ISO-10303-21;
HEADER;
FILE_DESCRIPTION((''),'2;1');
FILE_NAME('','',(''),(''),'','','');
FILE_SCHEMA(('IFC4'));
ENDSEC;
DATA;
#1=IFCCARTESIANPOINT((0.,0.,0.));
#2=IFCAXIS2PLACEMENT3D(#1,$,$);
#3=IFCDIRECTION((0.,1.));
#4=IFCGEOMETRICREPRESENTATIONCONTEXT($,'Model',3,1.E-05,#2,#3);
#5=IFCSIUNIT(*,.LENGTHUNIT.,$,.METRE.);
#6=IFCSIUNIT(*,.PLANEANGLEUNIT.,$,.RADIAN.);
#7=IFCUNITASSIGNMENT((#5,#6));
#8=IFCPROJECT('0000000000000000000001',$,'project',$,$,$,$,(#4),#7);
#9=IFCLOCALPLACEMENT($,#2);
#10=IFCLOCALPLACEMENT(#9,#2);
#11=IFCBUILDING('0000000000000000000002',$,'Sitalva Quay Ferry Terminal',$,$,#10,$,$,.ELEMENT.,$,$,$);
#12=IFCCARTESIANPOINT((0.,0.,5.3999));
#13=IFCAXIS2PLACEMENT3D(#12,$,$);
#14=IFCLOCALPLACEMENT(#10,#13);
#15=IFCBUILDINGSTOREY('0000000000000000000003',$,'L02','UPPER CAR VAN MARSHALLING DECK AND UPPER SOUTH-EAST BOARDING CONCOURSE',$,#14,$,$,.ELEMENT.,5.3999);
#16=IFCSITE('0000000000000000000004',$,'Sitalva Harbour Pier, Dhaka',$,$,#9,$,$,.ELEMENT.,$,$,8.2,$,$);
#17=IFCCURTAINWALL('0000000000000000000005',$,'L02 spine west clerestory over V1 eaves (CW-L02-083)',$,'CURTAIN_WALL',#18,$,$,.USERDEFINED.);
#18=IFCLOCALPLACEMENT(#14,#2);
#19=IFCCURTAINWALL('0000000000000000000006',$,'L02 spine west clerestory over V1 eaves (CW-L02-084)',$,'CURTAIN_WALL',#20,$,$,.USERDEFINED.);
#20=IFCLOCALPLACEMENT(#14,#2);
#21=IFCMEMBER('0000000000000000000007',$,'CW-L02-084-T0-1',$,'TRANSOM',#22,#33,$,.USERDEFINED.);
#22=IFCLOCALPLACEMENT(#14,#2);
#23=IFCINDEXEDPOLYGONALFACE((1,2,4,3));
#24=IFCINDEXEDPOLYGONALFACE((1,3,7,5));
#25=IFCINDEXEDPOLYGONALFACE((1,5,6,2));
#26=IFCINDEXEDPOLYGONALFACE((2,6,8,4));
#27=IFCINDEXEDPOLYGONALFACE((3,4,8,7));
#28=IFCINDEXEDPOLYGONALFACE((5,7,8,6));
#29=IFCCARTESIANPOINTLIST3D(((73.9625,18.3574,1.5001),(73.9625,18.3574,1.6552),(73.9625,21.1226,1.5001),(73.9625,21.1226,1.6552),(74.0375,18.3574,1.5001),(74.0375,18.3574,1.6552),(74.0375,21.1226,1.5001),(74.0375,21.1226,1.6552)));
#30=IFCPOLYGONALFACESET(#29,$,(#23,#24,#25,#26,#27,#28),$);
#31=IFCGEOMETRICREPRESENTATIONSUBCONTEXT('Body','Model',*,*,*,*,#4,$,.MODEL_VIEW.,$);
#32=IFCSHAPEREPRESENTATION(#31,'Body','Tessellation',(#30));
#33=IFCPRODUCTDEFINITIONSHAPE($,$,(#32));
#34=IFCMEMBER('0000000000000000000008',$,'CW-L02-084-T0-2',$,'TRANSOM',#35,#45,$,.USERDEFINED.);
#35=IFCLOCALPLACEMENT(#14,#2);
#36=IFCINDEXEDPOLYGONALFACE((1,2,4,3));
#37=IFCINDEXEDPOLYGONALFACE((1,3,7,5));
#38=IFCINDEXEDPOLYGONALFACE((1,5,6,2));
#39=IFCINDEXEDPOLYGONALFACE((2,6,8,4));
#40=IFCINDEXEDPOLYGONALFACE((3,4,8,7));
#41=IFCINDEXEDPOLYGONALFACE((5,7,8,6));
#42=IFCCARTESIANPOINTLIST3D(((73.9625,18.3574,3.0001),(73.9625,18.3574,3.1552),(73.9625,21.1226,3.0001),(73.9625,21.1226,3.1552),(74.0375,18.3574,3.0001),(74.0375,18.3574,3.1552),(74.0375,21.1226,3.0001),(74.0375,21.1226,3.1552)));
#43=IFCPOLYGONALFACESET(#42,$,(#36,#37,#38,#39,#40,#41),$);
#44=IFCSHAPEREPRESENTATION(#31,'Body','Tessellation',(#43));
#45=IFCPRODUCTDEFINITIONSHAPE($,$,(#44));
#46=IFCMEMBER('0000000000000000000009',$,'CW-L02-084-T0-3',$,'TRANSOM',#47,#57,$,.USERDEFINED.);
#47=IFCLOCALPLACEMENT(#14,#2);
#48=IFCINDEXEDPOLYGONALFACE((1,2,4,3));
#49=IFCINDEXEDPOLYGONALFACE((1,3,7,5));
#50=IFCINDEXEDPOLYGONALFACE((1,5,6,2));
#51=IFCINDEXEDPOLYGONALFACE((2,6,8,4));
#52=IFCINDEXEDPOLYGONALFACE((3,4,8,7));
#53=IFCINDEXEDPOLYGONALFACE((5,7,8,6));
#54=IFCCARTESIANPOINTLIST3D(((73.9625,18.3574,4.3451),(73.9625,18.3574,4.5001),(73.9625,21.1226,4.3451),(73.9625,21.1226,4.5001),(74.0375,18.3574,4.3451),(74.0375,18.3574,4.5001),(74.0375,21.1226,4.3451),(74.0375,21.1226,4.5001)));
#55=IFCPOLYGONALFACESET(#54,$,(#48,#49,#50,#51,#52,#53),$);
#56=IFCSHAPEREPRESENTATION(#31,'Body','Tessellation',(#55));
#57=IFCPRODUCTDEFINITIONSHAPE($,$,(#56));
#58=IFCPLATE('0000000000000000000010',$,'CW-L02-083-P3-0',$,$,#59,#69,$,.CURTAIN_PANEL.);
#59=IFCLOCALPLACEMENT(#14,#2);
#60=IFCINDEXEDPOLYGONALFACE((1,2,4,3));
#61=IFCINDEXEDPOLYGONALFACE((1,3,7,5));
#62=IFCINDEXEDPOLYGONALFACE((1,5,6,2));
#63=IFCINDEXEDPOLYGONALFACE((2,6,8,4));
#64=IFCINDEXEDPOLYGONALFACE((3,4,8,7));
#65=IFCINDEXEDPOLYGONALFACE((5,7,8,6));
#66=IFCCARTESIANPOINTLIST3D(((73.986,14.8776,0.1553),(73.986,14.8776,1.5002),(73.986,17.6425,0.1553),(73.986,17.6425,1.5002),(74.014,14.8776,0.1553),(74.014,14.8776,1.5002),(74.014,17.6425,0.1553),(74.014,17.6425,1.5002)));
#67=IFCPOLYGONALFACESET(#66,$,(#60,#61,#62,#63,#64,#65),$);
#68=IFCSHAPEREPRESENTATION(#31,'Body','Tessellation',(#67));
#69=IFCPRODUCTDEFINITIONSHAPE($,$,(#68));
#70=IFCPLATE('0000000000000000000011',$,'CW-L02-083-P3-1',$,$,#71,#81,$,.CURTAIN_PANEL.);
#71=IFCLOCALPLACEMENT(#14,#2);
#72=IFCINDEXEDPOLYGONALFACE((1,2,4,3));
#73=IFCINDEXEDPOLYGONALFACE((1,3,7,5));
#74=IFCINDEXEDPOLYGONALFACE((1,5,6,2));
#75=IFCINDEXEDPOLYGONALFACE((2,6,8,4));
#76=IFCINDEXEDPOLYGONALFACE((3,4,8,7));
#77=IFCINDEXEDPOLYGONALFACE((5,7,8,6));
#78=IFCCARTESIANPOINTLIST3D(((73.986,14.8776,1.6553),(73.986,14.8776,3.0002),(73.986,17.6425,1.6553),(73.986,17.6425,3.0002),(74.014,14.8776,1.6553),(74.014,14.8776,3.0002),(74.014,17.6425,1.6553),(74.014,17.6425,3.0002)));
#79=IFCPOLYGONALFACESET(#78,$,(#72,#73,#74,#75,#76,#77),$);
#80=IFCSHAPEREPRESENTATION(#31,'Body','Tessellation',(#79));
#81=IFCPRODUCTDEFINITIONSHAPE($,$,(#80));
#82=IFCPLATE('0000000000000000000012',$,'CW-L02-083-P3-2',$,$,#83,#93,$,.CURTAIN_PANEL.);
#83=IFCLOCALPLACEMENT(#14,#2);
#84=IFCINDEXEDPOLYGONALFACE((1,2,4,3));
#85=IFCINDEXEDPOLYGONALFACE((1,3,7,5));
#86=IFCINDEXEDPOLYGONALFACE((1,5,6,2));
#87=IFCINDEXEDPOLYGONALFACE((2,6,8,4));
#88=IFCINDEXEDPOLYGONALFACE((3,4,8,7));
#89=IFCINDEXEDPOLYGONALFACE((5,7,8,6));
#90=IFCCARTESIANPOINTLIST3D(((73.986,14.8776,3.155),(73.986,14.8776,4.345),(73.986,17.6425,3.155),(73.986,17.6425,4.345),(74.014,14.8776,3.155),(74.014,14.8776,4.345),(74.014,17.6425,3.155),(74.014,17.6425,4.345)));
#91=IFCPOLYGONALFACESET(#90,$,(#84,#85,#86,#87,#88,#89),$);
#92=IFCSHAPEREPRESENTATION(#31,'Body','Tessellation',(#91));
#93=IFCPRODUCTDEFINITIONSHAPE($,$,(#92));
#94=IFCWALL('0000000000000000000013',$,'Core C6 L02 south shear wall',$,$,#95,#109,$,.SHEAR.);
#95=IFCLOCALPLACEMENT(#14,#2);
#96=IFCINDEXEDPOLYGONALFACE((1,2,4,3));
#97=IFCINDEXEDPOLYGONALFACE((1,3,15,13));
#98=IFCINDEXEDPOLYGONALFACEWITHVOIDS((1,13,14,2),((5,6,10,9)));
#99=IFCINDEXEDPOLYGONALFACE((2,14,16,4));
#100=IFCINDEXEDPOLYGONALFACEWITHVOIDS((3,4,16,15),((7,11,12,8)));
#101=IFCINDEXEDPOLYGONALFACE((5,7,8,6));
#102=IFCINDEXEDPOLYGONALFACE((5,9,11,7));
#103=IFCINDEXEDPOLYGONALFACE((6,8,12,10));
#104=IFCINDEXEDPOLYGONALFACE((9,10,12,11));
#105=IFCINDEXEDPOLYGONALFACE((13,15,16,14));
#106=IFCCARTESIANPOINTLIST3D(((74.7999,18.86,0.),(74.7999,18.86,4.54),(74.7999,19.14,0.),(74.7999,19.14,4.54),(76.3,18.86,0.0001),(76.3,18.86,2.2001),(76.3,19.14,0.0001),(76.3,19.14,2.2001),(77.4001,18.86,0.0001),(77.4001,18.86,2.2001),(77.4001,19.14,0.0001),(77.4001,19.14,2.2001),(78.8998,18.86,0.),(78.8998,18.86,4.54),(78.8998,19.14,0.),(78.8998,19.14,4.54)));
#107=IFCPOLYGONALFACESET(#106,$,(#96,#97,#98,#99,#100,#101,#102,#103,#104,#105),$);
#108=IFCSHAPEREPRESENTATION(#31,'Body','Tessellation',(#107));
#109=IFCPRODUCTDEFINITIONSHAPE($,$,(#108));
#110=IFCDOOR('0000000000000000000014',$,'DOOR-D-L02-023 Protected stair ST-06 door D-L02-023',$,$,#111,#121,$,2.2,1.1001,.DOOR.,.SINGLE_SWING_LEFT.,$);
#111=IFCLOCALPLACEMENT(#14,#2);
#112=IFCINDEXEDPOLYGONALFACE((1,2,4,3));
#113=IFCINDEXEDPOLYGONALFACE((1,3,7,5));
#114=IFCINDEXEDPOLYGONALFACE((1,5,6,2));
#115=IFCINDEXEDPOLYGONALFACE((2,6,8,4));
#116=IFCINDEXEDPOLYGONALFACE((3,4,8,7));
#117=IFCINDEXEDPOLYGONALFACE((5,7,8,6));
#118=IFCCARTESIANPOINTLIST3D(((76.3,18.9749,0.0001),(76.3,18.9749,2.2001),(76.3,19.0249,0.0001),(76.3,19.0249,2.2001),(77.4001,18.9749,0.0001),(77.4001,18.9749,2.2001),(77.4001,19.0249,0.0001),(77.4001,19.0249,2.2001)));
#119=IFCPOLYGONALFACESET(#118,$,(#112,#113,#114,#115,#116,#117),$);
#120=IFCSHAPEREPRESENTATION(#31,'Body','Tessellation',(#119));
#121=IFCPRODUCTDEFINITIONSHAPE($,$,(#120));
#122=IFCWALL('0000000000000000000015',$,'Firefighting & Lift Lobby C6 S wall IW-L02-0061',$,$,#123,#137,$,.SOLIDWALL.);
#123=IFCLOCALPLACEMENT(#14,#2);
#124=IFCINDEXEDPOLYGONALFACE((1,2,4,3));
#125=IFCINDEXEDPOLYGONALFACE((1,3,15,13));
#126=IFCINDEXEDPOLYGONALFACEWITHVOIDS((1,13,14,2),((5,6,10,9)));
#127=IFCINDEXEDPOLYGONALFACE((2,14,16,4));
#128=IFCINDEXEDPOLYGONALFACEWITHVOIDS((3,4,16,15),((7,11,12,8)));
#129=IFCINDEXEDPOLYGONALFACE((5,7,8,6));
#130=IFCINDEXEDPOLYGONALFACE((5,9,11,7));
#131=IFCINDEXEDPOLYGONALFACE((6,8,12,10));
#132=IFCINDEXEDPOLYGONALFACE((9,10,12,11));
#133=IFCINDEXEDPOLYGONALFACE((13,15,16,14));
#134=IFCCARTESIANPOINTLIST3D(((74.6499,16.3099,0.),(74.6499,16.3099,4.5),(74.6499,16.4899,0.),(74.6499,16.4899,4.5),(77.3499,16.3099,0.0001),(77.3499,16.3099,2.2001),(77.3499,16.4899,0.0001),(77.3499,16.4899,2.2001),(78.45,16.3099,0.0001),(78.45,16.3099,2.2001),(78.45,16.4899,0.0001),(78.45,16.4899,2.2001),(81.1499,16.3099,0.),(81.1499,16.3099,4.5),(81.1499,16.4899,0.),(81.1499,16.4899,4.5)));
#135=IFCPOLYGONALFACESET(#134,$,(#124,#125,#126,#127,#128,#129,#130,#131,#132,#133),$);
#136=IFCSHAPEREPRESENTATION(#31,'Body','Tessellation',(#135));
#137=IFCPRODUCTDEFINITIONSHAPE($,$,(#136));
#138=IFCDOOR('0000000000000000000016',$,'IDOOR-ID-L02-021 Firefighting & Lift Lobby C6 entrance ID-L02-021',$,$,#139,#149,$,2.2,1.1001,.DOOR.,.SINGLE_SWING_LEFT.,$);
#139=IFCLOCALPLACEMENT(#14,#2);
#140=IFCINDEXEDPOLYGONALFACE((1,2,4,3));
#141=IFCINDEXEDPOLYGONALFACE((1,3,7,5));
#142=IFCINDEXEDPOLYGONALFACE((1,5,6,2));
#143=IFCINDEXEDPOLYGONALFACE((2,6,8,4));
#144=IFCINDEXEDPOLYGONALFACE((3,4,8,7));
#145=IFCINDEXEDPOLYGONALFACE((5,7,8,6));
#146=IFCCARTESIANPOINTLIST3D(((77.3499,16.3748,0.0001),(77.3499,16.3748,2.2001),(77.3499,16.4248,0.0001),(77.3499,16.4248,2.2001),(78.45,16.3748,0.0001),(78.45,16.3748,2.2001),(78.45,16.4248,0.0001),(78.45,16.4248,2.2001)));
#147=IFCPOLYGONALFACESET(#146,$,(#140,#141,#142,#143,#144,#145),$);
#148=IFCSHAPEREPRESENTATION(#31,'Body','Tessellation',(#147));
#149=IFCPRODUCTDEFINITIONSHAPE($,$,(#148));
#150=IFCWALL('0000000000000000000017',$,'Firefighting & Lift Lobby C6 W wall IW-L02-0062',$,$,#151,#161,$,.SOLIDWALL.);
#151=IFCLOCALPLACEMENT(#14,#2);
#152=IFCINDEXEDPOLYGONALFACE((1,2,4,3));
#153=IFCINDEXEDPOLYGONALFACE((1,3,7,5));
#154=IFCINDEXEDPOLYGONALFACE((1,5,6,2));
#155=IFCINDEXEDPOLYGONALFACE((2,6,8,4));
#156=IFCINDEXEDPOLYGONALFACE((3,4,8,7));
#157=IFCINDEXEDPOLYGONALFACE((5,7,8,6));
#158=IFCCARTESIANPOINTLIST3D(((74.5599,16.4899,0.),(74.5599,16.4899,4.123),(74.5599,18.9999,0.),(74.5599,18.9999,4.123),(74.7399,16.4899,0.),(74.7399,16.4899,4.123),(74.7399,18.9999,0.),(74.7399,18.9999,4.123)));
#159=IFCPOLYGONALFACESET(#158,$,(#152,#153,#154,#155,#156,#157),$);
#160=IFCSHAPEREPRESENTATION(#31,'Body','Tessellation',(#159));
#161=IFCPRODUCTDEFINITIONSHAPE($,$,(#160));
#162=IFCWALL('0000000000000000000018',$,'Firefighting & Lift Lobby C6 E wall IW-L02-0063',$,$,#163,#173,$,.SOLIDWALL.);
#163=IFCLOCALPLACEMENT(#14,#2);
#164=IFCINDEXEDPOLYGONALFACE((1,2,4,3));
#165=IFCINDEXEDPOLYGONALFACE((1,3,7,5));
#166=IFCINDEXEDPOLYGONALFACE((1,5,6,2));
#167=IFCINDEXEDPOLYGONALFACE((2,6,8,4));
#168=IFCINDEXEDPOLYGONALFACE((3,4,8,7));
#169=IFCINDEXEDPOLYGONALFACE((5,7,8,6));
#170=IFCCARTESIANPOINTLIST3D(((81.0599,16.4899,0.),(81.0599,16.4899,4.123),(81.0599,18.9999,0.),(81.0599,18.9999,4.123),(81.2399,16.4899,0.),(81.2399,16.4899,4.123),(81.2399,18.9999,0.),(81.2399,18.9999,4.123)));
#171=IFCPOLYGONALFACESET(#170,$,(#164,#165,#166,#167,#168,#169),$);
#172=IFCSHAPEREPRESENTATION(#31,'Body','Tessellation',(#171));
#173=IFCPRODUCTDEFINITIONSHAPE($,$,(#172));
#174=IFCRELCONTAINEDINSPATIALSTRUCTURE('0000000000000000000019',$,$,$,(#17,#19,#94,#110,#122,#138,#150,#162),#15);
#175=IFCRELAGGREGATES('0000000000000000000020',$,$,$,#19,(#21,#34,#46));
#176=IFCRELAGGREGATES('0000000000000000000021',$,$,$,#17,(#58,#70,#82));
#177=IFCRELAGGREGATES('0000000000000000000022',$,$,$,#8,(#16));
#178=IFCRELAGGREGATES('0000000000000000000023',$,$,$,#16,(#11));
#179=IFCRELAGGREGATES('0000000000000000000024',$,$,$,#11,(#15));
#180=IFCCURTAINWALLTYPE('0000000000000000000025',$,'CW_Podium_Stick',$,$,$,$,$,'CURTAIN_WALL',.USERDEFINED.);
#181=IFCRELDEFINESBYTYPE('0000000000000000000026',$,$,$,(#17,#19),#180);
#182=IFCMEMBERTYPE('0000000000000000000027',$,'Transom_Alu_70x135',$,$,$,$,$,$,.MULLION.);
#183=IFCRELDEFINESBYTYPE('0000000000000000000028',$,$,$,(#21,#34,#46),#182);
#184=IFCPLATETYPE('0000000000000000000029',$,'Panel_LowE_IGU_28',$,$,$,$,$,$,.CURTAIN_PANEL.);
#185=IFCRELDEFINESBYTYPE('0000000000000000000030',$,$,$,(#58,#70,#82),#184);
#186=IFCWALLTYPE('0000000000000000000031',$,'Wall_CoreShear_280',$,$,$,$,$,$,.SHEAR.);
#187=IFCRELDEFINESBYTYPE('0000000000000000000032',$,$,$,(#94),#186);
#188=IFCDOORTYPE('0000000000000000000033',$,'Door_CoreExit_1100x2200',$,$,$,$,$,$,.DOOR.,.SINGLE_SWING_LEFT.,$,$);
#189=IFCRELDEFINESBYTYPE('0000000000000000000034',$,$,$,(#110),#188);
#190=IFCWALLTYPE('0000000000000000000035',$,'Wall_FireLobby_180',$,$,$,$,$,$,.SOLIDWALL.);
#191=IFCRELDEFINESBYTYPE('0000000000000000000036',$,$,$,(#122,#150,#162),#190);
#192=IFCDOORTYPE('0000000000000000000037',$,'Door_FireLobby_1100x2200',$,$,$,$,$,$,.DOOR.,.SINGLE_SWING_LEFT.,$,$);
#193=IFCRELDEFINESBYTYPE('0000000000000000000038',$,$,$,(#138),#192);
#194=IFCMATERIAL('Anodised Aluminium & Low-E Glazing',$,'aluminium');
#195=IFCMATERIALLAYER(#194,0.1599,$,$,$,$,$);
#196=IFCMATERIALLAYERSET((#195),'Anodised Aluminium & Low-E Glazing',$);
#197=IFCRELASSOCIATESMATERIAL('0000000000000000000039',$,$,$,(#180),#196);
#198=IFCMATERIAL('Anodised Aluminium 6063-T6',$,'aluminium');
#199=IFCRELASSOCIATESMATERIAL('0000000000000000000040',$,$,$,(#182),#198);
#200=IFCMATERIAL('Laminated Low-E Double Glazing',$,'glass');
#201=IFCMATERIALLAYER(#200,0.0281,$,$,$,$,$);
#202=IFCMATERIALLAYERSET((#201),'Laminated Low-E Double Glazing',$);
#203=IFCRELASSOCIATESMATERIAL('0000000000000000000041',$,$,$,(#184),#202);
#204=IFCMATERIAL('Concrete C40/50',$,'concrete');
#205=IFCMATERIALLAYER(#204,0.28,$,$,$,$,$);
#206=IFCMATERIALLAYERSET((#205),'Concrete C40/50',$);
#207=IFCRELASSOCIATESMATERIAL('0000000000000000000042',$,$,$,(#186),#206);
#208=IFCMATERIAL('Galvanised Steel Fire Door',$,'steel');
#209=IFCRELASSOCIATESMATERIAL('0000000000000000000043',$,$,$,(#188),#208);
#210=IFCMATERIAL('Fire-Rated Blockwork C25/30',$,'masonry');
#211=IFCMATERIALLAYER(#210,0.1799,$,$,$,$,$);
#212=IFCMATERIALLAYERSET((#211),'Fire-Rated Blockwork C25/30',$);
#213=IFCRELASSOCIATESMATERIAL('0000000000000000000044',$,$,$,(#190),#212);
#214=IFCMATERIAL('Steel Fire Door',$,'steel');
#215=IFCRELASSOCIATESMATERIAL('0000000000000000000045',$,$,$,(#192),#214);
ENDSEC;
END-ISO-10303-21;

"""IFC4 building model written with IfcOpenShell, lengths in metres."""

from ifc_helpers import new_model, si_unit, direction, frame, frame_2d, origin, origin_2d, place, context, subcontext, project, spatial, rectangle, extrude, material, layer, layer_set, material_profile, profile_set, type_object, element, fill, aggregate, save


model = new_model("IFC4")

# Units and contexts
model_context = context("Model", 3, precision=1e-05, world=origin(), true_north=direction((0.0, 1.0)))
body_context = subcontext(model_context, "Body", "Model", "MODEL_VIEW")
ifc_project = project(units=[si_unit("LENGTHUNIT", "METRE"), si_unit("PLANEANGLEUNIT", "RADIAN")], contexts=[model_context])

# Site, building, storey
site_placement = place(None, origin())
site = spatial("IfcSite", under=ifc_project, at=site_placement, Name="Sitalva Harbour Pier, Dhaka", CompositionType="ELEMENT", RefElevation=8.2)
building_placement = place(site_placement, origin())
building = spatial("IfcBuilding", under=site, at=building_placement, Name="Sitalva Quay Ferry Terminal", CompositionType="ELEMENT")
storey_placement = place(building_placement, frame((0.0, 0.0, 5.3999)))
storey = spatial("IfcBuildingStorey", under=building, at=storey_placement, Name="L02", Description="UPPER CAR VAN MARSHALLING DECK AND UPPER SOUTH-EAST BOARDING CONCOURSE", CompositionType="ELEMENT", Elevation=5.3999)

# Curtain walls
ifc_material_1 = material(Name="Anodised Aluminium & Low-E Glazing", Category="aluminium")
ifc_layer_1 = layer(ifc_material_1, 0.1599)
ifc_layer_set_1 = layer_set([ifc_layer_1], Name="Anodised Aluminium & Low-E Glazing")
curtain_wall_type = type_object("IfcCurtainWallType", Name="CW_Podium_Stick", ElementType="CURTAIN_WALL", PredefinedType="USERDEFINED", material=ifc_layer_set_1)
curtain_wall_1_placement = place(storey_placement, origin())
curtain_wall_1 = element("IfcCurtainWall", 1, at=curtain_wall_1_placement, inside=storey, type_object=curtain_wall_type, Name="L02 spine west clerestory over V1 eaves (CW-L02-083)", ObjectType="CURTAIN_WALL", PredefinedType="USERDEFINED")
curtain_wall_2_placement = place(storey_placement, origin())
curtain_wall_2 = element("IfcCurtainWall", 2, at=curtain_wall_2_placement, inside=storey, type_object=curtain_wall_type, Name="L02 spine west clerestory over V1 eaves (CW-L02-084)", ObjectType="CURTAIN_WALL", PredefinedType="USERDEFINED")

# Members
ifc_material_2 = material(Name="Anodised Aluminium 6063-T6", Category="aluminium")
ifc_material_profile_1 = material_profile(ifc_material_2, rectangle(XDim=0.075, YDim=0.155, at=origin_2d()), Name="ALU75x155")
ifc_profile_set_1 = profile_set([ifc_material_profile_1], Name="Anodised Aluminium 6063-T6")
member_type_1 = type_object("IfcMemberType", Name="Transom_Alu_70x135", PredefinedType="MULLION", material=ifc_profile_set_1)
member_1_placement = place(storey_placement, frame((74.0, 18.3574, 1.5776), z_axis=(0.0, 1.0, 0.0), x_axis=(-1.0, 0.0, 0.0)))
member_1 = element("IfcMember", 3, at=member_1_placement, type_object=member_type_1, Name="CW-L02-084-T0-1", ObjectType="TRANSOM", PredefinedType="USERDEFINED", context=body_context, shape_type="SweptSolid", body=[
    extrude(rectangle(XDim=0.075, YDim=0.155, at=origin_2d()), origin(), (0.0, 0.0, 1.0), 2.7651),
])
member_2_placement = place(storey_placement, frame((74.0, 18.3574, 3.0776), z_axis=(0.0, 1.0, 0.0), x_axis=(-1.0, 0.0, 0.0)))
member_2 = element("IfcMember", 4, at=member_2_placement, type_object=member_type_1, Name="CW-L02-084-T0-2", ObjectType="TRANSOM", PredefinedType="USERDEFINED", context=body_context, shape_type="SweptSolid", body=[
    extrude(rectangle(XDim=0.075, YDim=0.155, at=origin_2d()), origin(), (0.0, 0.0, 1.0), 2.7651),
])
member_3_placement = place(storey_placement, frame((74.0, 18.3574, 4.4226), z_axis=(0.0, 1.0, 0.0), x_axis=(-1.0, 0.0, 0.0)))
member_3 = element("IfcMember", 5, at=member_3_placement, type_object=member_type_1, Name="CW-L02-084-T0-3", ObjectType="TRANSOM", PredefinedType="USERDEFINED", context=body_context, shape_type="SweptSolid", body=[
    extrude(rectangle(XDim=0.075, YDim=0.155, at=origin_2d()), origin(), (0.0, 0.0, 1.0), 2.7651),
])
aggregate(curtain_wall_2, [member_1, member_2, member_3])

# Plates
ifc_material_3 = material(Name="Laminated Low-E Double Glazing", Category="glass")
ifc_layer_2 = layer(ifc_material_3, 0.0281)
ifc_layer_set_2 = layer_set([ifc_layer_2], Name="Laminated Low-E Double Glazing")
plate_type = type_object("IfcPlateType", Name="Panel_LowE_IGU_28", PredefinedType="CURTAIN_PANEL", material=ifc_layer_set_2)
plate_1_placement = place(storey_placement, frame((74.0, 16.26, 0.1553), z_axis=(0.0, 0.0, 1.0), x_axis=(0.0, 1.0, 0.0)))
plate_1 = element("IfcPlate", 6, at=plate_1_placement, type_object=plate_type, Name="CW-L02-083-P3-0", PredefinedType="CURTAIN_PANEL", context=body_context, shape_type="SweptSolid", body=[
    extrude(rectangle(XDim=2.7649, YDim=0.0281, at=origin_2d()), origin(), (0.0, 0.0, 1.0), 1.345),
])
plate_2_placement = place(storey_placement, frame((74.0, 16.26, 1.6553), z_axis=(0.0, 0.0, 1.0), x_axis=(0.0, 1.0, 0.0)))
plate_2 = element("IfcPlate", 7, at=plate_2_placement, type_object=plate_type, Name="CW-L02-083-P3-1", PredefinedType="CURTAIN_PANEL", context=body_context, shape_type="SweptSolid", body=[
    extrude(rectangle(XDim=2.7649, YDim=0.0281, at=origin_2d()), origin(), (0.0, 0.0, 1.0), 1.345),
])
plate_3_placement = place(storey_placement, frame((74.0, 16.26, 3.155), z_axis=(0.0, 0.0, 1.0), x_axis=(0.0, 1.0, 0.0)))
plate_3 = element("IfcPlate", 8, at=plate_3_placement, type_object=plate_type, Name="CW-L02-083-P3-2", PredefinedType="CURTAIN_PANEL", context=body_context, shape_type="SweptSolid", body=[
    extrude(rectangle(XDim=2.7649, YDim=0.0281, at=origin_2d()), origin(), (0.0, 0.0, 1.0), 1.1899),
])
aggregate(curtain_wall_1, [plate_1, plate_2, plate_3])

# Walls, openings, doors
ifc_material_4 = material(Name="Concrete C40/50", Category="concrete")
ifc_layer_3 = layer(ifc_material_4, 0.28)
ifc_layer_set_3 = layer_set([ifc_layer_3], Name="Concrete C40/50")
wall_type_1 = type_object("IfcWallType", Name="Wall_CoreShear_280", PredefinedType="SHEAR", material=ifc_layer_set_3)
wall_1_placement = place(storey_placement, frame((74.8, 19.0, 0.0), z_axis=(0.0, 0.0, 1.0), x_axis=(1.0, 0.0, 0.0)))
wall_1 = element("IfcWall", 9, at=wall_1_placement, inside=storey, type_object=wall_type_1, Name="Core C6 L02 south shear wall", PredefinedType="SHEAR", context=body_context, shape_type="SweptSolid", body=[
    extrude(rectangle(XDim=4.0999, YDim=0.28, at=frame_2d((2.0498, 0.0))), origin(), (0.0, 0.0, 1.0), 4.54),
])
opening_1_placement = place(wall_1_placement, frame((1.5, 0.0, 0.0)))
opening_1 = element("IfcOpeningElement", 10, at=opening_1_placement, cuts=wall_1, PredefinedType="OPENING", context=body_context, shape_type="SweptSolid", body=[
    extrude(rectangle(XDim=1.1001, YDim=2.2, at=frame_2d((0.55, 1.1001))), frame((0.0, 0.1499, 0.0), z_axis=(0.0, -1.0, 0.0), x_axis=(1.0, 0.0, 0.0)), (0.0, 0.0, 1.0), 0.3),
])
ifc_material_5 = material(Name="Galvanised Steel Fire Door", Category="steel")
door_type_1 = type_object("IfcDoorType", Name="Door_CoreExit_1100x2200", OperationType="SINGLE_SWING_LEFT", PredefinedType="DOOR", material=ifc_material_5)
door_1_placement = place(opening_1_placement, origin())
door_1 = element("IfcDoor", 11, at=door_1_placement, inside=storey, type_object=door_type_1, Name="DOOR-D-L02-023 Protected stair ST-06 door D-L02-023", OperationType="SINGLE_SWING_LEFT", OverallHeight=2.2, OverallWidth=1.1001, PredefinedType="DOOR", context=body_context, shape_type="SweptSolid", body=[
    extrude(rectangle(XDim=1.1001, YDim=2.2, at=frame_2d((0.55, 1.1001))), frame((0.0, 0.0249, 0.0), z_axis=(0.0, -1.0, 0.0), x_axis=(1.0, 0.0, 0.0)), (0.0, 0.0, 1.0), 0.05),
])
fill(opening_1, door_1)
ifc_material_6 = material(Name="Fire-Rated Blockwork C25/30", Category="masonry")
ifc_layer_4 = layer(ifc_material_6, 0.1799)
ifc_layer_set_4 = layer_set([ifc_layer_4], Name="Fire-Rated Blockwork C25/30")
wall_type_2 = type_object("IfcWallType", Name="Wall_FireLobby_180", PredefinedType="SOLIDWALL", material=ifc_layer_set_4)
wall_2_placement = place(storey_placement, frame((74.6499, 16.3999, 0.0), z_axis=(0.0, 0.0, 1.0), x_axis=(1.0, 0.0, 0.0)))
wall_2 = element("IfcWall", 12, at=wall_2_placement, inside=storey, type_object=wall_type_2, Name="Firefighting & Lift Lobby C6 S wall IW-L02-0061", PredefinedType="SOLIDWALL", context=body_context, shape_type="SweptSolid", body=[
    extrude(rectangle(XDim=6.5, YDim=0.1799, at=frame_2d((3.25, 0.0))), origin(), (0.0, 0.0, 1.0), 4.5),
])
opening_2_placement = place(wall_2_placement, frame((2.7, 0.0, 0.0)))
opening_2 = element("IfcOpeningElement", 13, at=opening_2_placement, cuts=wall_2, PredefinedType="OPENING", context=body_context, shape_type="SweptSolid", body=[
    extrude(rectangle(XDim=1.1001, YDim=2.2, at=frame_2d((0.55, 1.1001))), frame((0.0, 0.0999, 0.0), z_axis=(0.0, -1.0, 0.0), x_axis=(1.0, 0.0, 0.0)), (0.0, 0.0, 1.0), 0.2),
])
ifc_material_7 = material(Name="Steel Fire Door", Category="steel")
door_type_2 = type_object("IfcDoorType", Name="Door_FireLobby_1100x2200", OperationType="SINGLE_SWING_LEFT", PredefinedType="DOOR", material=ifc_material_7)
door_2_placement = place(opening_2_placement, origin())
door_2 = element("IfcDoor", 14, at=door_2_placement, inside=storey, type_object=door_type_2, Name="IDOOR-ID-L02-021 Firefighting & Lift Lobby C6 entrance ID-L02-021", OperationType="SINGLE_SWING_LEFT", OverallHeight=2.2, OverallWidth=1.1001, PredefinedType="DOOR", context=body_context, shape_type="SweptSolid", body=[
    extrude(rectangle(XDim=1.1001, YDim=2.2, at=frame_2d((0.55, 1.1001))), frame((0.0, 0.0249, 0.0), z_axis=(0.0, -1.0, 0.0), x_axis=(1.0, 0.0, 0.0)), (0.0, 0.0, 1.0), 0.05),
])
fill(opening_2, door_2)

# Walls
for number, where, z_axis, x_axis, name in (
    (15, (74.6499, 16.49, 0.0), (0.0, 0.0, 1.0), (0.0, 1.0, 0.0), "Firefighting & Lift Lobby C6 W wall IW-L02-0062"),
    (16, (81.1499, 16.49, 0.0), (0.0, 0.0, 1.0), (0.0, 1.0, 0.0), "Firefighting & Lift Lobby C6 E wall IW-L02-0063"),
):
    element("IfcWall", number, at=place(storey_placement, frame(where, z_axis=z_axis, x_axis=x_axis)), inside=storey, type_object=wall_type_2, Name=name, PredefinedType="SOLIDWALL", context=body_context, shape_type="SweptSolid", body=[
        extrude(rectangle(XDim=2.51, YDim=0.1799, at=frame_2d((1.2549, 0.0))), origin(), (0.0, 0.0, 1.0), 4.123),
    ])

save(model, "model.ifc")
